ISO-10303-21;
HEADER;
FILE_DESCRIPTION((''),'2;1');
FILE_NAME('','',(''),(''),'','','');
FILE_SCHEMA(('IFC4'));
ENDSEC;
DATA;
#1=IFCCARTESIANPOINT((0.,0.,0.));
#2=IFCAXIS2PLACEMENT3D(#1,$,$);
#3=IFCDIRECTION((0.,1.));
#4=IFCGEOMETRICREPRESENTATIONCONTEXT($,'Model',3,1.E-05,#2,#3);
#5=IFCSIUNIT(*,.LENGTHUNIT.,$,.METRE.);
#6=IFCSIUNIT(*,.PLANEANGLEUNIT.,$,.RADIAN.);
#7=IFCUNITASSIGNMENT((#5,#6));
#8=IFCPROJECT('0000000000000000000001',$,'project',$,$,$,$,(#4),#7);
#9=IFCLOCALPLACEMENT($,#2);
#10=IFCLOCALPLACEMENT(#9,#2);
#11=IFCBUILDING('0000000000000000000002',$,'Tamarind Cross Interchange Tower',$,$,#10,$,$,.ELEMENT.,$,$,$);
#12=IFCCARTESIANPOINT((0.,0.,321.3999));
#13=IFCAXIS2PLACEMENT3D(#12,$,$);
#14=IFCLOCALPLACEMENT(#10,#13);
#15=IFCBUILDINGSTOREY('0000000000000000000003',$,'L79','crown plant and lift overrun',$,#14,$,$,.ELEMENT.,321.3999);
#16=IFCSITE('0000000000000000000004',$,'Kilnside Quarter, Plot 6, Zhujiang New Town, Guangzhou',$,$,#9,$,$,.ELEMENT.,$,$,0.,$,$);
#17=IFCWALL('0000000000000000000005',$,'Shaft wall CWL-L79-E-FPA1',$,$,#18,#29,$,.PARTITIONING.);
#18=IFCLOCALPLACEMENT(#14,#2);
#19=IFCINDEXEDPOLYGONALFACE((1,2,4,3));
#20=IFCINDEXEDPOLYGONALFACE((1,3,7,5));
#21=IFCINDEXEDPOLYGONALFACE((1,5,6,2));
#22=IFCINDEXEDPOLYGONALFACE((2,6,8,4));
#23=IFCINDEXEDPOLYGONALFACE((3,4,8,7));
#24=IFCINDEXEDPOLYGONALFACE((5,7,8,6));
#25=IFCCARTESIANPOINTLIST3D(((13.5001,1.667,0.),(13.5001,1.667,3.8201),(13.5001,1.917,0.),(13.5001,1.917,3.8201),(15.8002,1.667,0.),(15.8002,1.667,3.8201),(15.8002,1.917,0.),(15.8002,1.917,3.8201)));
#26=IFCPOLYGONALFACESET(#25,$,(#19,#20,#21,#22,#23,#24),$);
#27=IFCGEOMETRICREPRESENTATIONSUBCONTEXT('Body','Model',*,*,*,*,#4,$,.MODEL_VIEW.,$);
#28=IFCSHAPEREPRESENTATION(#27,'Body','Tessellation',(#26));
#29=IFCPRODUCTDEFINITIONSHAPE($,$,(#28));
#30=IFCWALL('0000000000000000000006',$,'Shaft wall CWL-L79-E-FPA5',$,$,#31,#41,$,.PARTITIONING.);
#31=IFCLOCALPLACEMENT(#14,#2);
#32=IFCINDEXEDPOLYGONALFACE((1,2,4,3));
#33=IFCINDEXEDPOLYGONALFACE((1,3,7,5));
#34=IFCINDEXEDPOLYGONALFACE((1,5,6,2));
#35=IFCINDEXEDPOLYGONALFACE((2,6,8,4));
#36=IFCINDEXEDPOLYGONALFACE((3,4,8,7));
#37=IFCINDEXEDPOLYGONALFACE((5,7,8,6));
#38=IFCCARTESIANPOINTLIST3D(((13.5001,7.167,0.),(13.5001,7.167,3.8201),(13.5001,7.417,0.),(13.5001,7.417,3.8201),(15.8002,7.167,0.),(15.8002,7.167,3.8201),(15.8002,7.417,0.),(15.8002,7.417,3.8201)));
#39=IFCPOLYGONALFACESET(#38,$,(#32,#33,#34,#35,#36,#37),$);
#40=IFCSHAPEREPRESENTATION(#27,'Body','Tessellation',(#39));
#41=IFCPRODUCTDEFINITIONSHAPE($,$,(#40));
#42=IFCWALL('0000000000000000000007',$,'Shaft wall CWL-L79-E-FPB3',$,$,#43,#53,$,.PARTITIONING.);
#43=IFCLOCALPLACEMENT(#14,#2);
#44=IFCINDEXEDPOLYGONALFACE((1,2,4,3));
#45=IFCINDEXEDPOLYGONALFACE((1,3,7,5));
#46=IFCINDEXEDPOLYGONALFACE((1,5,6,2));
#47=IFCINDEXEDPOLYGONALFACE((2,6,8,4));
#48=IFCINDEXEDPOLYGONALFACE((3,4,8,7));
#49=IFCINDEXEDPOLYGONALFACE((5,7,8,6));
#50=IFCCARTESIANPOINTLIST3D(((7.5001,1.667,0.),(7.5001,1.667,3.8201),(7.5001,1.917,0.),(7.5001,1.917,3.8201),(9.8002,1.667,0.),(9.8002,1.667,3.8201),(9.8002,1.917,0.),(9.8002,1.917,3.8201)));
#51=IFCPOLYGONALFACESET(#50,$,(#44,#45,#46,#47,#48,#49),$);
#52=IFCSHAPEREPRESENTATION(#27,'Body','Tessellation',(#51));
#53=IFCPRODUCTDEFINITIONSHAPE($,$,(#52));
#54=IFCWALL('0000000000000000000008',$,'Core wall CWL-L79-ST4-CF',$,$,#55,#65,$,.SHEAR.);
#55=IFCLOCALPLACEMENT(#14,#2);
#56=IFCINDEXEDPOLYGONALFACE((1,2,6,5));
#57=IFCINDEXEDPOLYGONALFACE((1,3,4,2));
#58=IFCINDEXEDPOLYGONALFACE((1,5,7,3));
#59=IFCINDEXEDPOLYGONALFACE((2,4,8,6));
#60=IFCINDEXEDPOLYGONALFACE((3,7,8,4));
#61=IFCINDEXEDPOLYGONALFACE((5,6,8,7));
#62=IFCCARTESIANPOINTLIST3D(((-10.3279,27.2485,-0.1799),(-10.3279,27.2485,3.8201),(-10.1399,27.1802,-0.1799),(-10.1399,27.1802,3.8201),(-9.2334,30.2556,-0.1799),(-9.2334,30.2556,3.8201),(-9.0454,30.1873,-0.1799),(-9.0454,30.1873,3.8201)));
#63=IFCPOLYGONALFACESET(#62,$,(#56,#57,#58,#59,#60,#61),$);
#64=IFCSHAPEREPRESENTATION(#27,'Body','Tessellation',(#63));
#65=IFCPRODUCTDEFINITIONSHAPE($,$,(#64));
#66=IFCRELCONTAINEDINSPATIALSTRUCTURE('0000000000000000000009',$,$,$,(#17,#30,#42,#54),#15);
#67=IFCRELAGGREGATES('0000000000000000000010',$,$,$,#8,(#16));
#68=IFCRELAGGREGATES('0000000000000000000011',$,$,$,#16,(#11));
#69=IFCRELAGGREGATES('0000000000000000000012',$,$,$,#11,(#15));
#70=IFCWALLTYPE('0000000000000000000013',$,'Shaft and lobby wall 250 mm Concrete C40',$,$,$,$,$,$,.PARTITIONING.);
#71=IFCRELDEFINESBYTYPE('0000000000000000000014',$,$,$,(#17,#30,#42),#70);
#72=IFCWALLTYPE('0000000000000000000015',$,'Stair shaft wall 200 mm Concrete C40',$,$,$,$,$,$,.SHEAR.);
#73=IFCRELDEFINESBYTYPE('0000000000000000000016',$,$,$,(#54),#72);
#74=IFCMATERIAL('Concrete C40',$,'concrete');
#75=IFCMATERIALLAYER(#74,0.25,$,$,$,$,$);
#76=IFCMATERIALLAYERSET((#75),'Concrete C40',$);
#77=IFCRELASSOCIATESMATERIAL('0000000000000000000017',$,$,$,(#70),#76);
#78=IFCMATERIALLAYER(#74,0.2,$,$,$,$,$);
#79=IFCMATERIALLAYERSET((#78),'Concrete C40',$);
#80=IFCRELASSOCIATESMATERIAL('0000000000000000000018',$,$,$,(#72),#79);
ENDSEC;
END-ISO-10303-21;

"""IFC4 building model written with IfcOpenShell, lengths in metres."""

from ifc_helpers import new_model, si_unit, direction, frame, frame_2d, origin, place, context, subcontext, project, spatial, polyline, rectangle, outline, extrude, material, layer, layer_set, type_object, element, save


model = new_model("IFC4")

# Units and contexts
model_context = context("Model", 3, precision=1e-05, world=origin(), true_north=direction((0.0, 1.0)))
body_context = subcontext(model_context, "Body", "Model", "MODEL_VIEW")
ifc_project = project(units=[si_unit("LENGTHUNIT", "METRE"), si_unit("PLANEANGLEUNIT", "RADIAN")], contexts=[model_context])

# Site, building, storey
site_placement = place(None, origin())
site = spatial("IfcSite", under=ifc_project, at=site_placement, Name="Kilnside Quarter, Plot 6, Zhujiang New Town, Guangzhou", CompositionType="ELEMENT", RefElevation=0.0)
building_placement = place(site_placement, origin())
building = spatial("IfcBuilding", under=site, at=building_placement, Name="Tamarind Cross Interchange Tower", CompositionType="ELEMENT")
storey_placement = place(building_placement, frame((0.0, 0.0, 321.3999)))
storey = spatial("IfcBuildingStorey", under=building, at=storey_placement, Name="L79", Description="crown plant and lift overrun", CompositionType="ELEMENT", Elevation=321.3999)

# Shared definitions
ifc_material_1 = material(Name="Concrete C40", Category="concrete")

# Walls
ifc_layer_1 = layer(ifc_material_1, 0.25)
ifc_layer_set_1 = layer_set([ifc_layer_1], Name="Concrete C40")
wall_type_1 = type_object("IfcWallType", Name="Shaft and lobby wall 250 mm Concrete C40", PredefinedType="PARTITIONING", material=ifc_layer_set_1)
for number, where, z_axis, x_axis, name in (
    (1, (15.8, 1.792, 0.0), (0.0, 0.0, 1.0), (-1.0, 0.0, 0.0), "Shaft wall CWL-L79-E-FPA1"),
    (2, (15.8, 7.292, 0.0), (0.0, 0.0, 1.0), (-1.0, 0.0, 0.0), "Shaft wall CWL-L79-E-FPA5"),
    (3, (9.8, 1.792, 0.0), (0.0, 0.0, 1.0), (-1.0, 0.0, 0.0), "Shaft wall CWL-L79-E-FPB3"),
):
    element("IfcWall", number, at=place(storey_placement, frame(where, z_axis=z_axis, x_axis=x_axis)), inside=storey, type_object=wall_type_1, Name=name, PredefinedType="PARTITIONING", context=body_context, shape_type="SweptSolid", body=[
        extrude(rectangle(XDim=2.3, YDim=0.25, at=frame_2d((1.1499, 0.0))), origin(), (0.0, 0.0, 1.0), 3.8201),
    ])
ifc_layer_2 = layer(ifc_material_1, 0.2)
ifc_layer_set_2 = layer_set([ifc_layer_2], Name="Concrete C40")
wall_type_2 = type_object("IfcWallType", Name="Stair shaft wall 200 mm Concrete C40", PredefinedType="SHEAR", material=ifc_layer_set_2)
wall_1_placement = place(storey_placement, frame((0.0, 0.0, -0.1799)))
element("IfcWall", 4, at=wall_1_placement, inside=storey, type_object=wall_type_2, Name="Core wall CWL-L79-ST4-CF", PredefinedType="SHEAR", context=body_context, shape_type="SweptSolid", body=[
    extrude(outline(polyline([(-9.0454, 30.1873), (-9.2334, 30.2556), (-10.3279, 27.2485), (-10.1399, 27.1802), (-9.0454, 30.1873)])), origin(), (0.0, 0.0, 1.0), 4.0),
])

save(model, "model.ifc")
